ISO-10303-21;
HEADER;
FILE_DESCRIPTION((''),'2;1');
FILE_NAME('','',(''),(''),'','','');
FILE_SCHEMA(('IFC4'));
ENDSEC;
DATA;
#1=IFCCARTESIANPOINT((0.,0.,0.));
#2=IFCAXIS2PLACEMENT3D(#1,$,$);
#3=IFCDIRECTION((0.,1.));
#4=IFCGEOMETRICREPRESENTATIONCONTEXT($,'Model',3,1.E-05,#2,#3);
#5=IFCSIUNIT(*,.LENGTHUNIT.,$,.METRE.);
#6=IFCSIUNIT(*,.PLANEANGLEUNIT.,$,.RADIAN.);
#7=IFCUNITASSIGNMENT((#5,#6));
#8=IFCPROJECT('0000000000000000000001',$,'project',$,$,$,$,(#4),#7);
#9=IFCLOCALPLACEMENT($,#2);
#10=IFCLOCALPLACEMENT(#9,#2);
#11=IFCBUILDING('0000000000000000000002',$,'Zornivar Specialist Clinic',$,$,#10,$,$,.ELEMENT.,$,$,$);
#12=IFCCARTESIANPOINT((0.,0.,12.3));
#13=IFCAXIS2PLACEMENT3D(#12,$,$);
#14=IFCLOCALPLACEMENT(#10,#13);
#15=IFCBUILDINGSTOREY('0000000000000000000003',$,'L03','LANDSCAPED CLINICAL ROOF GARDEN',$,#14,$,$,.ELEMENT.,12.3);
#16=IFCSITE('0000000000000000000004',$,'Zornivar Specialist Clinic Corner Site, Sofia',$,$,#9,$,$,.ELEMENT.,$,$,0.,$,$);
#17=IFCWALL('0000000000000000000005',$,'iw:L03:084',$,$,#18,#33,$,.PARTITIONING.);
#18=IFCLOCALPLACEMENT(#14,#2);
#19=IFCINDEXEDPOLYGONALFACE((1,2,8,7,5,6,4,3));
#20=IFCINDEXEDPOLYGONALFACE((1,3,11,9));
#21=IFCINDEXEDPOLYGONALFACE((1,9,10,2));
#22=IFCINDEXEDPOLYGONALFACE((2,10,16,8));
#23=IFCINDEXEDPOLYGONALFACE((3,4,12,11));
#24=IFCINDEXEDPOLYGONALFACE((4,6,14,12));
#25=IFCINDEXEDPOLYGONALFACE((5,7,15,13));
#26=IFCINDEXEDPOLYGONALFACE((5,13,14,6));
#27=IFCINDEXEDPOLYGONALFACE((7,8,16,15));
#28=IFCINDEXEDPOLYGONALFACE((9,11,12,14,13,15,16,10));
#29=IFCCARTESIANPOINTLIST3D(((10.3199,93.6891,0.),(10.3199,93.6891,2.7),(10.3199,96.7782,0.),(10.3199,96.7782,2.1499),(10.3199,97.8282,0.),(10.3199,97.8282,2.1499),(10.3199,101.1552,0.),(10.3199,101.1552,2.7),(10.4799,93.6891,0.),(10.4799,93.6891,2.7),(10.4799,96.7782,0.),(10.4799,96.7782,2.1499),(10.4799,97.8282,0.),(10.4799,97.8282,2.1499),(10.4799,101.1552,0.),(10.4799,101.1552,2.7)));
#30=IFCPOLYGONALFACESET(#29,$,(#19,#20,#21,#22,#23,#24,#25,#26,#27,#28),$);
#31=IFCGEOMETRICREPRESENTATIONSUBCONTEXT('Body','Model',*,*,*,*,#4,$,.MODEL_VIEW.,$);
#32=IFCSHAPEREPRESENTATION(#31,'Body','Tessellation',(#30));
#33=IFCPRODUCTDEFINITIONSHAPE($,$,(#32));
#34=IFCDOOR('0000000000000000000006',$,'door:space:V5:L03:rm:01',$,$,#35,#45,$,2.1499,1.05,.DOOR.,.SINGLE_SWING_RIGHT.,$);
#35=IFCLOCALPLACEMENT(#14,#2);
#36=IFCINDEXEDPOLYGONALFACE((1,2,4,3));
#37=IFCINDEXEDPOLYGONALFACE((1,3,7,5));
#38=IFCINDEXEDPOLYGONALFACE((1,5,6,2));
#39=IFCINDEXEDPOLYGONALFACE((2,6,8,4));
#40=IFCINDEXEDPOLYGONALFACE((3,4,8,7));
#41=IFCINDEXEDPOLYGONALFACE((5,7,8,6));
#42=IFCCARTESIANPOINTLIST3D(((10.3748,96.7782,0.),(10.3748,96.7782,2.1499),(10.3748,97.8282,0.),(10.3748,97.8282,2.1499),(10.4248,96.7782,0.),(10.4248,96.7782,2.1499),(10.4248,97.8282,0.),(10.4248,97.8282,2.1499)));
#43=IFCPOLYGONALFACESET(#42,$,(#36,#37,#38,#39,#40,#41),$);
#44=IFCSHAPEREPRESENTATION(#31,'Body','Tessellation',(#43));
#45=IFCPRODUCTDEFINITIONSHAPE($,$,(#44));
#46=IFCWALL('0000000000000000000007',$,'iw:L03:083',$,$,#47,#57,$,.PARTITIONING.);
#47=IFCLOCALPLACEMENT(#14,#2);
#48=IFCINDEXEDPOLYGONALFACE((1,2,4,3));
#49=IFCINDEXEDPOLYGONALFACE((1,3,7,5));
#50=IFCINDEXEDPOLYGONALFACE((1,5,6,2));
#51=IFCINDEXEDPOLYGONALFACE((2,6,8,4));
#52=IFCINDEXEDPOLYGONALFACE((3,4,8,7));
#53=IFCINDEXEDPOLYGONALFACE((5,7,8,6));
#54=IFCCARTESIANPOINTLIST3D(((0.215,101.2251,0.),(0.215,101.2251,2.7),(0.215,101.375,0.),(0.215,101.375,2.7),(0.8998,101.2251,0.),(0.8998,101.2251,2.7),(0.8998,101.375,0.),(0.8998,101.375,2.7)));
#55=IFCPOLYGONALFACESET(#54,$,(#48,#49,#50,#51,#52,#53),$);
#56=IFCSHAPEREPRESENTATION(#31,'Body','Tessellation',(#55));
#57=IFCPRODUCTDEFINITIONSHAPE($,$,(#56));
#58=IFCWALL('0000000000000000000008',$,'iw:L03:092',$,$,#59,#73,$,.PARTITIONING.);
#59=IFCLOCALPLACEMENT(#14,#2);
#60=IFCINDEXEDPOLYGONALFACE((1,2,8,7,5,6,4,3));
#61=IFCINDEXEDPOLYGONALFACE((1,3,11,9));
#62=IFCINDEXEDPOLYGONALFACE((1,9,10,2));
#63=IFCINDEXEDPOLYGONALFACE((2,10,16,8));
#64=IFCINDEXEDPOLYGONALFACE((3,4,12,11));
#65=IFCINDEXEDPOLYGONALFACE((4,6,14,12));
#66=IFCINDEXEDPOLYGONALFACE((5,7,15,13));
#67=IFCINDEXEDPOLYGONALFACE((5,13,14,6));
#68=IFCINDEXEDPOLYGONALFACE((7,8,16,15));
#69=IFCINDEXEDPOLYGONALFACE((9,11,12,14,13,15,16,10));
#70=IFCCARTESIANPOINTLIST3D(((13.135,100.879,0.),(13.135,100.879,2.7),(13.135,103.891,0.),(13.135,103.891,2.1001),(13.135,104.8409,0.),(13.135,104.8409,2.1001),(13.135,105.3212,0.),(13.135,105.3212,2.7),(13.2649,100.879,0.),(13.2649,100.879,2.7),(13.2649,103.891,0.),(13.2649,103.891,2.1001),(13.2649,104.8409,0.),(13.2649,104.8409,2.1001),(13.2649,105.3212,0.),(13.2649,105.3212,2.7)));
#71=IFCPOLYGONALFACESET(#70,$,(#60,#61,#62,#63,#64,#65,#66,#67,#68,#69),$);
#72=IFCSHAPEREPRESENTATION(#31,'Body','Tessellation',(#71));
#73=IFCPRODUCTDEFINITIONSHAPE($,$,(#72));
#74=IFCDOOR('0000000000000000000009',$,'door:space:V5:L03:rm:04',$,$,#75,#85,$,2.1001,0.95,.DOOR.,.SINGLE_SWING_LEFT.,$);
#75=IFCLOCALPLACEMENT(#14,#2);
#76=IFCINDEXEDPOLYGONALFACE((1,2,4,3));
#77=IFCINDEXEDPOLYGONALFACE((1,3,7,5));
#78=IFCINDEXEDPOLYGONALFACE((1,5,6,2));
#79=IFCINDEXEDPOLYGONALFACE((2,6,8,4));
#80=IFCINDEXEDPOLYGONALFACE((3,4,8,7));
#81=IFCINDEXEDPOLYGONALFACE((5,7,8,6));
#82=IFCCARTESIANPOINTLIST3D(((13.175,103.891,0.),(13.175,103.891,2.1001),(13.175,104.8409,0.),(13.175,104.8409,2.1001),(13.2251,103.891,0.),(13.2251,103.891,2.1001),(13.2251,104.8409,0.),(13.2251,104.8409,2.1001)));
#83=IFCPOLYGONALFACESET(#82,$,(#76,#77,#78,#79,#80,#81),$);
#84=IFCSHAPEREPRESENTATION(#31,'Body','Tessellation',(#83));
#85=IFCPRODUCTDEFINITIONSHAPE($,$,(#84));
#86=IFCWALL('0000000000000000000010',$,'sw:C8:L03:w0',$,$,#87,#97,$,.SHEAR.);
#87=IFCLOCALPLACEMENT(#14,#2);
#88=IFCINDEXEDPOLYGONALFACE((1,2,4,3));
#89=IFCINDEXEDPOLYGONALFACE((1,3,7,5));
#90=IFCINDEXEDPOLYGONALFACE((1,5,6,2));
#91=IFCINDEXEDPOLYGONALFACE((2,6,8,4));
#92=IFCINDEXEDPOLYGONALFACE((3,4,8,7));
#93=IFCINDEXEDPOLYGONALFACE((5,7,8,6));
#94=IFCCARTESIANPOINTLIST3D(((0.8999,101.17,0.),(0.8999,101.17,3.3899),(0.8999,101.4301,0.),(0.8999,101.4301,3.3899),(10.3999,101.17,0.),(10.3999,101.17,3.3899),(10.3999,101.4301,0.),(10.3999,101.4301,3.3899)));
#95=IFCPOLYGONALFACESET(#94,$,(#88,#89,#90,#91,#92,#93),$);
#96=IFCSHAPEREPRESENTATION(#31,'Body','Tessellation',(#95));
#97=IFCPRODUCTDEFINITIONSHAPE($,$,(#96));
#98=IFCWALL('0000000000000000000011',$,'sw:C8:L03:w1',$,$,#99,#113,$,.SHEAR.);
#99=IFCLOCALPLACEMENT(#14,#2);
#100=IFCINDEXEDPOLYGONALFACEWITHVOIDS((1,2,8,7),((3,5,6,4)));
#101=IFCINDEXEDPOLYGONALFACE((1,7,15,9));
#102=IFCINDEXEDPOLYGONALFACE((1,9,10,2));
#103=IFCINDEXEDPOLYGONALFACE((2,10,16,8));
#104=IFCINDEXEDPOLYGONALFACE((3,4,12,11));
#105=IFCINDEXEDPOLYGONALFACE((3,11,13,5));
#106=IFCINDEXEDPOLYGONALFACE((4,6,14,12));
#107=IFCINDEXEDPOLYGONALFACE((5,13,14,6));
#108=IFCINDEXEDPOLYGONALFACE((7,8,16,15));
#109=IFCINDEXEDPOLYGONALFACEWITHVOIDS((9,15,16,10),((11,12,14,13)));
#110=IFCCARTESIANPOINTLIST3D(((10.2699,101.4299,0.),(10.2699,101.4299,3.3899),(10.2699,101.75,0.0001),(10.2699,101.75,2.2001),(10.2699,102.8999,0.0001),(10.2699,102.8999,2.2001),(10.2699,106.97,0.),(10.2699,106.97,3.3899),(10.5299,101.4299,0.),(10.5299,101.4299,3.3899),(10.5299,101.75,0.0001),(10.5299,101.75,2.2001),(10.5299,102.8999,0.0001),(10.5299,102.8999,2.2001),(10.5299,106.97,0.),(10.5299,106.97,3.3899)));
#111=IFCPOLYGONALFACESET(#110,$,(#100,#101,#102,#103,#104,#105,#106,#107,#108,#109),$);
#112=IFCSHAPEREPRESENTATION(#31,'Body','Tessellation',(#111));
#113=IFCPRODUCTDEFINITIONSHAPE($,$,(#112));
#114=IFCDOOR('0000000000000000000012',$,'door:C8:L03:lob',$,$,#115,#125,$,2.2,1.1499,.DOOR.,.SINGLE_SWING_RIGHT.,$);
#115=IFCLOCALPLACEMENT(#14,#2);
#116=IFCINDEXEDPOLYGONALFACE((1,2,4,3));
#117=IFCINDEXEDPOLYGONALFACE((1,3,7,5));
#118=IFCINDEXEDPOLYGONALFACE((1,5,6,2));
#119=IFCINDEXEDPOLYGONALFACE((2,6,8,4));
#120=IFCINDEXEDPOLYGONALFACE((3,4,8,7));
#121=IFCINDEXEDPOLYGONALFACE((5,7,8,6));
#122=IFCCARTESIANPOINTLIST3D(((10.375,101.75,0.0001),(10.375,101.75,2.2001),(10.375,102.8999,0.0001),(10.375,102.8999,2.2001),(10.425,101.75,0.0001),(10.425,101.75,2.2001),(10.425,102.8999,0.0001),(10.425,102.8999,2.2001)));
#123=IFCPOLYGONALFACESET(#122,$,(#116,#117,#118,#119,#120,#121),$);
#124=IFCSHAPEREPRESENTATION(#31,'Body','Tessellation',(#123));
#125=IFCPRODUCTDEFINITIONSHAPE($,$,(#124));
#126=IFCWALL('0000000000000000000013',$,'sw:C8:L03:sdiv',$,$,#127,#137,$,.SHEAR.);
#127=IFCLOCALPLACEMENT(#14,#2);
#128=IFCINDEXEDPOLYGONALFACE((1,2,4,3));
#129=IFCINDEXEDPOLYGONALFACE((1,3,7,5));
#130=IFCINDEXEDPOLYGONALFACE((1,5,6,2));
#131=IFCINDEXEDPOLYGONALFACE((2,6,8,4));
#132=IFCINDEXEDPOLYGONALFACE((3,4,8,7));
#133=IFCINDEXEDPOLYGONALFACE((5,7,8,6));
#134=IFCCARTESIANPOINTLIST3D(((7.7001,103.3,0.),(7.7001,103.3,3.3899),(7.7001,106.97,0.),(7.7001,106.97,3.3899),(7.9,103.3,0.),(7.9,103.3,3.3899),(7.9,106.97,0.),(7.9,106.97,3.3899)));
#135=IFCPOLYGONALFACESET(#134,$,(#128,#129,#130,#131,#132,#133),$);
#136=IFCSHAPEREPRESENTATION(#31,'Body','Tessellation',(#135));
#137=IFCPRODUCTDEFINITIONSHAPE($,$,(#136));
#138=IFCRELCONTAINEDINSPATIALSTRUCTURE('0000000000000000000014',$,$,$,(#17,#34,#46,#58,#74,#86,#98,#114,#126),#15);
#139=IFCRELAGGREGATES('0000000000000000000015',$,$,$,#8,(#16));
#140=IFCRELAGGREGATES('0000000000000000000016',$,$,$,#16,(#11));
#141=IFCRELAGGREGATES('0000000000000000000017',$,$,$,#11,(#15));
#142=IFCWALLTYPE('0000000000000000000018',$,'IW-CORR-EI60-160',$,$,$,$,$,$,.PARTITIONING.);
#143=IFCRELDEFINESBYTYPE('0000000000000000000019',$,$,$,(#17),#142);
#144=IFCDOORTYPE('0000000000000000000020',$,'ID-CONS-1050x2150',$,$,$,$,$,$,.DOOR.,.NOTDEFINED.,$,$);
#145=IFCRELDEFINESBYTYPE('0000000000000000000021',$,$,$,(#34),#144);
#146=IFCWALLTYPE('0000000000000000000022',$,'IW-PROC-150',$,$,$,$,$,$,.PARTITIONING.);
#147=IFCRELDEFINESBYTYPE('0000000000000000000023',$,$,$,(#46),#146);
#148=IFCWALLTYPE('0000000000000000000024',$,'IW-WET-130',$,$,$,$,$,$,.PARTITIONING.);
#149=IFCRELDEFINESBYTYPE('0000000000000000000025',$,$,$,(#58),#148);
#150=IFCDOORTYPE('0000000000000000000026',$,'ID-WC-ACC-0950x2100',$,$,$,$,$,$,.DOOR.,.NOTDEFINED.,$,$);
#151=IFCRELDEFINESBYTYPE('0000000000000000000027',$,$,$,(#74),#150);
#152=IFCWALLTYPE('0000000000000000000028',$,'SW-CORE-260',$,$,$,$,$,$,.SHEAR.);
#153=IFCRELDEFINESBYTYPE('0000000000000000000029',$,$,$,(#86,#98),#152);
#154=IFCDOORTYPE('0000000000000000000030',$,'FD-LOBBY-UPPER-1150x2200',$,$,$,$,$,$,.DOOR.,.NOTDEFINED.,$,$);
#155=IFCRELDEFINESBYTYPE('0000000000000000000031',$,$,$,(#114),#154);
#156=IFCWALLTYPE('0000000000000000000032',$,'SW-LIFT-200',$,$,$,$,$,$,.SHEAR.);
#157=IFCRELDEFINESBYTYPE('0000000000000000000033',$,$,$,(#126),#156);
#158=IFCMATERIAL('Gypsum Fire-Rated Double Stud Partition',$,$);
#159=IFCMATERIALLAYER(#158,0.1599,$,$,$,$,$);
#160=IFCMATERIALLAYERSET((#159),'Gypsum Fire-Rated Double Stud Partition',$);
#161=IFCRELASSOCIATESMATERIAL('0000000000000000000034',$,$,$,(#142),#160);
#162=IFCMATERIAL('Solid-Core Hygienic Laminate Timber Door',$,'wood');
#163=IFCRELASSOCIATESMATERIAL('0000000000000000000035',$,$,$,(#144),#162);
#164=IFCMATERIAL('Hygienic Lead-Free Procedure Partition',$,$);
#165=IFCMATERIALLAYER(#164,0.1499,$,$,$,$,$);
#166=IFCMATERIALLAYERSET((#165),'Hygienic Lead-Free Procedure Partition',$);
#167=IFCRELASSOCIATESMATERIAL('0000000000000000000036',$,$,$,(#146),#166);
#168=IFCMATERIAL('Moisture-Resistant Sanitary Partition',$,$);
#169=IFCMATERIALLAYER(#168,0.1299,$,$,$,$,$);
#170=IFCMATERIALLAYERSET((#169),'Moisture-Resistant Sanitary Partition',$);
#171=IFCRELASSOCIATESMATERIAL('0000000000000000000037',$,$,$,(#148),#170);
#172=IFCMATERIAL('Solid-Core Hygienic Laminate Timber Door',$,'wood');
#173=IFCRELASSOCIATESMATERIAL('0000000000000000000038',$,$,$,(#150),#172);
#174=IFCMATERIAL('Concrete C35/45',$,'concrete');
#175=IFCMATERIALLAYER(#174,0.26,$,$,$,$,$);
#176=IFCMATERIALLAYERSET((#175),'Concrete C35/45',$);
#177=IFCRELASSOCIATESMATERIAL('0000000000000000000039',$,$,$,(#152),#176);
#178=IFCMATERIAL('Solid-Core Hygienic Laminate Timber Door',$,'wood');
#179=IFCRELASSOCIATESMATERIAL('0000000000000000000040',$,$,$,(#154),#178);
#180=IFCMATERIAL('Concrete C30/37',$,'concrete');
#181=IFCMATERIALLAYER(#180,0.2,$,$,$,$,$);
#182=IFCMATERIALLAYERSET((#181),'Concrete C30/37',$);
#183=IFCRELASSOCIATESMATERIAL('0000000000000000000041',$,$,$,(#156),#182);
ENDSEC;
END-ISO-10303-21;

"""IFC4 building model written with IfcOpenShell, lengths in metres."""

from ifc_helpers import new_model, si_unit, direction, frame, frame_2d, origin, place, context, subcontext, project, spatial, rectangle, extrude, material, layer, layer_set, type_object, element, fill, save


model = new_model("IFC4")

# Units and contexts
model_context = context("Model", 3, precision=1e-05, world=origin(), true_north=direction((0.0, 1.0)))
body_context = subcontext(model_context, "Body", "Model", "MODEL_VIEW")
ifc_project = project(units=[si_unit("LENGTHUNIT", "METRE"), si_unit("PLANEANGLEUNIT", "RADIAN")], contexts=[model_context])

# Site, building, storey
site_placement = place(None, origin())
site = spatial("IfcSite", under=ifc_project, at=site_placement, Name="Zornivar Specialist Clinic Corner Site, Sofia", CompositionType="ELEMENT", RefElevation=0.0)
building_placement = place(site_placement, origin())
building = spatial("IfcBuilding", under=site, at=building_placement, Name="Zornivar Specialist Clinic", CompositionType="ELEMENT")
storey_placement = place(building_placement, frame((0.0, 0.0, 12.3)))
storey = spatial("IfcBuildingStorey", under=building, at=storey_placement, Name="L03", Description="LANDSCAPED CLINICAL ROOF GARDEN", CompositionType="ELEMENT", Elevation=12.3)

# Wall, opening, door
ifc_material_1 = material(Name="Gypsum Fire-Rated Double Stud Partition")
ifc_layer_1 = layer(ifc_material_1, 0.1599)
ifc_layer_set_1 = layer_set([ifc_layer_1], Name="Gypsum Fire-Rated Double Stud Partition")
wall_type_1 = type_object("IfcWallType", Name="IW-CORR-EI60-160", PredefinedType="PARTITIONING", material=ifc_layer_set_1)
wall_1_placement = place(storey_placement, frame((10.3999, 101.155, 0.0), z_axis=(0.0, 0.0, 1.0), x_axis=(0.0, -1.0, 0.0)))
wall_1 = element("IfcWall", 1, at=wall_1_placement, inside=storey, type_object=wall_type_1, Name="iw:L03:084", PredefinedType="PARTITIONING", context=body_context, shape_type="SweptSolid", body=[
    extrude(rectangle(XDim=7.4661, YDim=0.1599, at=frame_2d((3.7329, 0.0))), origin(), (0.0, 0.0, 1.0), 2.7),
])
opening_1_placement = place(wall_1_placement, frame((3.3269, 0.0, 0.0)))
opening_1 = element("IfcOpeningElement", 2, at=opening_1_placement, cuts=wall_1, PredefinedType="OPENING", context=body_context, shape_type="SweptSolid", body=[
    extrude(rectangle(XDim=1.05, YDim=2.1499, at=frame_2d((0.5249, 1.075))), frame((0.0, 0.0898, 0.0), z_axis=(0.0, -1.0, 0.0), x_axis=(1.0, 0.0, 0.0)), (0.0, 0.0, 1.0), 0.1799),
])
ifc_material_2 = material(Name="Solid-Core Hygienic Laminate Timber Door", Category="wood")
door_type_1 = type_object("IfcDoorType", Name="ID-CONS-1050x2150", OperationType="NOTDEFINED", PredefinedType="DOOR", material=ifc_material_2)
door_1_placement = place(opening_1_placement, origin())
door_1 = element("IfcDoor", 3, at=door_1_placement, inside=storey, type_object=door_type_1, Name="door:space:V5:L03:rm:01", OperationType="SINGLE_SWING_RIGHT", OverallHeight=2.1499, OverallWidth=1.05, PredefinedType="DOOR", context=body_context, shape_type="SweptSolid", body=[
    extrude(rectangle(XDim=1.05, YDim=2.1499, at=frame_2d((0.5249, 1.075))), frame((0.0, 0.0249, 0.0), z_axis=(0.0, -1.0, 0.0), x_axis=(1.0, 0.0, 0.0)), (0.0, 0.0, 1.0), 0.05),
])
fill(opening_1, door_1)

# Wall
ifc_material_3 = material(Name="Hygienic Lead-Free Procedure Partition")
ifc_layer_2 = layer(ifc_material_3, 0.1499)
ifc_layer_set_2 = layer_set([ifc_layer_2], Name="Hygienic Lead-Free Procedure Partition")
wall_type_2 = type_object("IfcWallType", Name="IW-PROC-150", PredefinedType="PARTITIONING", material=ifc_layer_set_2)
wall_2_placement = place(storey_placement, frame((0.2151, 101.3, 0.0), z_axis=(0.0, 0.0, 1.0), x_axis=(1.0, 0.0, 0.0)))
element("IfcWall", 4, at=wall_2_placement, inside=storey, type_object=wall_type_2, Name="iw:L03:083", PredefinedType="PARTITIONING", context=body_context, shape_type="SweptSolid", body=[
    extrude(rectangle(XDim=0.6848, YDim=0.1499, at=frame_2d((0.3423, 0.0))), origin(), (0.0, 0.0, 1.0), 2.7),
])

# Wall, opening, door
ifc_material_4 = material(Name="Moisture-Resistant Sanitary Partition")
ifc_layer_3 = layer(ifc_material_4, 0.1299)
ifc_layer_set_3 = layer_set([ifc_layer_3], Name="Moisture-Resistant Sanitary Partition")
wall_type_3 = type_object("IfcWallType", Name="IW-WET-130", PredefinedType="PARTITIONING", material=ifc_layer_set_3)
wall_3_placement = place(storey_placement, frame((13.2, 100.8789, 0.0), z_axis=(0.0, 0.0, 1.0), x_axis=(0.0, 1.0, 0.0)))
wall_3 = element("IfcWall", 5, at=wall_3_placement, inside=storey, type_object=wall_type_3, Name="iw:L03:092", PredefinedType="PARTITIONING", context=body_context, shape_type="SweptSolid", body=[
    extrude(rectangle(XDim=4.4421, YDim=0.1299, at=frame_2d((2.2212, 0.0))), origin(), (0.0, 0.0, 1.0), 2.7),
])
opening_2_placement = place(wall_3_placement, frame((3.012, 0.0, 0.0)))
opening_2 = element("IfcOpeningElement", 6, at=opening_2_placement, cuts=wall_3, PredefinedType="OPENING", context=body_context, shape_type="SweptSolid", body=[
    extrude(rectangle(XDim=0.95, YDim=2.1001, at=frame_2d((0.4751, 1.05))), frame((0.0, 0.075, 0.0), z_axis=(0.0, -1.0, 0.0), x_axis=(1.0, 0.0, 0.0)), (0.0, 0.0, 1.0), 0.1499),
])
ifc_material_5 = material(Name="Solid-Core Hygienic Laminate Timber Door", Category="wood")
door_type_2 = type_object("IfcDoorType", Name="ID-WC-ACC-0950x2100", OperationType="NOTDEFINED", PredefinedType="DOOR", material=ifc_material_5)
door_2_placement = place(opening_2_placement, origin())
door_2 = element("IfcDoor", 7, at=door_2_placement, inside=storey, type_object=door_type_2, Name="door:space:V5:L03:rm:04", OperationType="SINGLE_SWING_LEFT", OverallHeight=2.1001, OverallWidth=0.95, PredefinedType="DOOR", context=body_context, shape_type="SweptSolid", body=[
    extrude(rectangle(XDim=0.95, YDim=2.1001, at=frame_2d((0.4751, 1.05))), frame((0.0, 0.0249, 0.0), z_axis=(0.0, -1.0, 0.0), x_axis=(1.0, 0.0, 0.0)), (0.0, 0.0, 1.0), 0.05),
])
fill(opening_2, door_2)

# Wall
ifc_material_6 = material(Name="Concrete C35/45", Category="concrete")
ifc_layer_4 = layer(ifc_material_6, 0.26)
ifc_layer_set_4 = layer_set([ifc_layer_4], Name="Concrete C35/45")
wall_type_4 = type_object("IfcWallType", Name="SW-CORE-260", PredefinedType="SHEAR", material=ifc_layer_set_4)
wall_4_placement = place(storey_placement, frame((0.8999, 101.3, 0.0), z_axis=(0.0, 0.0, 1.0), x_axis=(1.0, 0.0, 0.0)))
element("IfcWall", 8, at=wall_4_placement, inside=storey, type_object=wall_type_4, Name="sw:C8:L03:w0", PredefinedType="SHEAR", context=body_context, shape_type="SweptSolid", body=[
    extrude(rectangle(XDim=9.5, YDim=0.26, at=frame_2d((4.75, 0.0))), origin(), (0.0, 0.0, 1.0), 3.3899),
])

# Wall, opening, door
wall_5_placement = place(storey_placement, frame((10.3999, 101.4299, 0.0), z_axis=(0.0, 0.0, 1.0), x_axis=(0.0, 1.0, 0.0)))
wall_5 = element("IfcWall", 9, at=wall_5_placement, inside=storey, type_object=wall_type_4, Name="sw:C8:L03:w1", PredefinedType="SHEAR", context=body_context, shape_type="SweptSolid", body=[
    extrude(rectangle(XDim=5.54, YDim=0.26, at=frame_2d((2.77, 0.0))), origin(), (0.0, 0.0, 1.0), 3.3899),
])
opening_3_placement = place(wall_5_placement, frame((0.3201, 0.0, 0.0)))
opening_3 = element("IfcOpeningElement", 10, at=opening_3_placement, cuts=wall_5, PredefinedType="OPENING", context=body_context, shape_type="SweptSolid", body=[
    extrude(rectangle(XDim=1.1499, YDim=2.2, at=frame_2d((0.575, 1.1001))), frame((0.0, 0.1399, 0.0), z_axis=(0.0, -1.0, 0.0), x_axis=(1.0, 0.0, 0.0)), (0.0, 0.0, 1.0), 0.28),
])
ifc_material_7 = material(Name="Solid-Core Hygienic Laminate Timber Door", Category="wood")
door_type_3 = type_object("IfcDoorType", Name="FD-LOBBY-UPPER-1150x2200", OperationType="NOTDEFINED", PredefinedType="DOOR", material=ifc_material_7)
door_3_placement = place(opening_3_placement, origin())
door_3 = element("IfcDoor", 11, at=door_3_placement, inside=storey, type_object=door_type_3, Name="door:C8:L03:lob", OperationType="SINGLE_SWING_RIGHT", OverallHeight=2.2, OverallWidth=1.1499, PredefinedType="DOOR", context=body_context, shape_type="SweptSolid", body=[
    extrude(rectangle(XDim=1.1499, YDim=2.2, at=frame_2d((0.575, 1.1001))), frame((0.0, 0.0249, 0.0), z_axis=(0.0, -1.0, 0.0), x_axis=(1.0, 0.0, 0.0)), (0.0, 0.0, 1.0), 0.05),
])
fill(opening_3, door_3)

# Wall
ifc_material_8 = material(Name="Concrete C30/37", Category="concrete")
ifc_layer_5 = layer(ifc_material_8, 0.2)
ifc_layer_set_5 = layer_set([ifc_layer_5], Name="Concrete C30/37")
wall_type_5 = type_object("IfcWallType", Name="SW-LIFT-200", PredefinedType="SHEAR", material=ifc_layer_set_5)
wall_6_placement = place(storey_placement, frame((7.8, 103.3, 0.0), z_axis=(0.0, 0.0, 1.0), x_axis=(0.0, 1.0, 0.0)))
element("IfcWall", 12, at=wall_6_placement, inside=storey, type_object=wall_type_5, Name="sw:C8:L03:sdiv", PredefinedType="SHEAR", context=body_context, shape_type="SweptSolid", body=[
    extrude(rectangle(XDim=3.6699, YDim=0.2, at=frame_2d((1.835, 0.0))), origin(), (0.0, 0.0, 1.0), 3.3899),
])

save(model, "model.ifc")
